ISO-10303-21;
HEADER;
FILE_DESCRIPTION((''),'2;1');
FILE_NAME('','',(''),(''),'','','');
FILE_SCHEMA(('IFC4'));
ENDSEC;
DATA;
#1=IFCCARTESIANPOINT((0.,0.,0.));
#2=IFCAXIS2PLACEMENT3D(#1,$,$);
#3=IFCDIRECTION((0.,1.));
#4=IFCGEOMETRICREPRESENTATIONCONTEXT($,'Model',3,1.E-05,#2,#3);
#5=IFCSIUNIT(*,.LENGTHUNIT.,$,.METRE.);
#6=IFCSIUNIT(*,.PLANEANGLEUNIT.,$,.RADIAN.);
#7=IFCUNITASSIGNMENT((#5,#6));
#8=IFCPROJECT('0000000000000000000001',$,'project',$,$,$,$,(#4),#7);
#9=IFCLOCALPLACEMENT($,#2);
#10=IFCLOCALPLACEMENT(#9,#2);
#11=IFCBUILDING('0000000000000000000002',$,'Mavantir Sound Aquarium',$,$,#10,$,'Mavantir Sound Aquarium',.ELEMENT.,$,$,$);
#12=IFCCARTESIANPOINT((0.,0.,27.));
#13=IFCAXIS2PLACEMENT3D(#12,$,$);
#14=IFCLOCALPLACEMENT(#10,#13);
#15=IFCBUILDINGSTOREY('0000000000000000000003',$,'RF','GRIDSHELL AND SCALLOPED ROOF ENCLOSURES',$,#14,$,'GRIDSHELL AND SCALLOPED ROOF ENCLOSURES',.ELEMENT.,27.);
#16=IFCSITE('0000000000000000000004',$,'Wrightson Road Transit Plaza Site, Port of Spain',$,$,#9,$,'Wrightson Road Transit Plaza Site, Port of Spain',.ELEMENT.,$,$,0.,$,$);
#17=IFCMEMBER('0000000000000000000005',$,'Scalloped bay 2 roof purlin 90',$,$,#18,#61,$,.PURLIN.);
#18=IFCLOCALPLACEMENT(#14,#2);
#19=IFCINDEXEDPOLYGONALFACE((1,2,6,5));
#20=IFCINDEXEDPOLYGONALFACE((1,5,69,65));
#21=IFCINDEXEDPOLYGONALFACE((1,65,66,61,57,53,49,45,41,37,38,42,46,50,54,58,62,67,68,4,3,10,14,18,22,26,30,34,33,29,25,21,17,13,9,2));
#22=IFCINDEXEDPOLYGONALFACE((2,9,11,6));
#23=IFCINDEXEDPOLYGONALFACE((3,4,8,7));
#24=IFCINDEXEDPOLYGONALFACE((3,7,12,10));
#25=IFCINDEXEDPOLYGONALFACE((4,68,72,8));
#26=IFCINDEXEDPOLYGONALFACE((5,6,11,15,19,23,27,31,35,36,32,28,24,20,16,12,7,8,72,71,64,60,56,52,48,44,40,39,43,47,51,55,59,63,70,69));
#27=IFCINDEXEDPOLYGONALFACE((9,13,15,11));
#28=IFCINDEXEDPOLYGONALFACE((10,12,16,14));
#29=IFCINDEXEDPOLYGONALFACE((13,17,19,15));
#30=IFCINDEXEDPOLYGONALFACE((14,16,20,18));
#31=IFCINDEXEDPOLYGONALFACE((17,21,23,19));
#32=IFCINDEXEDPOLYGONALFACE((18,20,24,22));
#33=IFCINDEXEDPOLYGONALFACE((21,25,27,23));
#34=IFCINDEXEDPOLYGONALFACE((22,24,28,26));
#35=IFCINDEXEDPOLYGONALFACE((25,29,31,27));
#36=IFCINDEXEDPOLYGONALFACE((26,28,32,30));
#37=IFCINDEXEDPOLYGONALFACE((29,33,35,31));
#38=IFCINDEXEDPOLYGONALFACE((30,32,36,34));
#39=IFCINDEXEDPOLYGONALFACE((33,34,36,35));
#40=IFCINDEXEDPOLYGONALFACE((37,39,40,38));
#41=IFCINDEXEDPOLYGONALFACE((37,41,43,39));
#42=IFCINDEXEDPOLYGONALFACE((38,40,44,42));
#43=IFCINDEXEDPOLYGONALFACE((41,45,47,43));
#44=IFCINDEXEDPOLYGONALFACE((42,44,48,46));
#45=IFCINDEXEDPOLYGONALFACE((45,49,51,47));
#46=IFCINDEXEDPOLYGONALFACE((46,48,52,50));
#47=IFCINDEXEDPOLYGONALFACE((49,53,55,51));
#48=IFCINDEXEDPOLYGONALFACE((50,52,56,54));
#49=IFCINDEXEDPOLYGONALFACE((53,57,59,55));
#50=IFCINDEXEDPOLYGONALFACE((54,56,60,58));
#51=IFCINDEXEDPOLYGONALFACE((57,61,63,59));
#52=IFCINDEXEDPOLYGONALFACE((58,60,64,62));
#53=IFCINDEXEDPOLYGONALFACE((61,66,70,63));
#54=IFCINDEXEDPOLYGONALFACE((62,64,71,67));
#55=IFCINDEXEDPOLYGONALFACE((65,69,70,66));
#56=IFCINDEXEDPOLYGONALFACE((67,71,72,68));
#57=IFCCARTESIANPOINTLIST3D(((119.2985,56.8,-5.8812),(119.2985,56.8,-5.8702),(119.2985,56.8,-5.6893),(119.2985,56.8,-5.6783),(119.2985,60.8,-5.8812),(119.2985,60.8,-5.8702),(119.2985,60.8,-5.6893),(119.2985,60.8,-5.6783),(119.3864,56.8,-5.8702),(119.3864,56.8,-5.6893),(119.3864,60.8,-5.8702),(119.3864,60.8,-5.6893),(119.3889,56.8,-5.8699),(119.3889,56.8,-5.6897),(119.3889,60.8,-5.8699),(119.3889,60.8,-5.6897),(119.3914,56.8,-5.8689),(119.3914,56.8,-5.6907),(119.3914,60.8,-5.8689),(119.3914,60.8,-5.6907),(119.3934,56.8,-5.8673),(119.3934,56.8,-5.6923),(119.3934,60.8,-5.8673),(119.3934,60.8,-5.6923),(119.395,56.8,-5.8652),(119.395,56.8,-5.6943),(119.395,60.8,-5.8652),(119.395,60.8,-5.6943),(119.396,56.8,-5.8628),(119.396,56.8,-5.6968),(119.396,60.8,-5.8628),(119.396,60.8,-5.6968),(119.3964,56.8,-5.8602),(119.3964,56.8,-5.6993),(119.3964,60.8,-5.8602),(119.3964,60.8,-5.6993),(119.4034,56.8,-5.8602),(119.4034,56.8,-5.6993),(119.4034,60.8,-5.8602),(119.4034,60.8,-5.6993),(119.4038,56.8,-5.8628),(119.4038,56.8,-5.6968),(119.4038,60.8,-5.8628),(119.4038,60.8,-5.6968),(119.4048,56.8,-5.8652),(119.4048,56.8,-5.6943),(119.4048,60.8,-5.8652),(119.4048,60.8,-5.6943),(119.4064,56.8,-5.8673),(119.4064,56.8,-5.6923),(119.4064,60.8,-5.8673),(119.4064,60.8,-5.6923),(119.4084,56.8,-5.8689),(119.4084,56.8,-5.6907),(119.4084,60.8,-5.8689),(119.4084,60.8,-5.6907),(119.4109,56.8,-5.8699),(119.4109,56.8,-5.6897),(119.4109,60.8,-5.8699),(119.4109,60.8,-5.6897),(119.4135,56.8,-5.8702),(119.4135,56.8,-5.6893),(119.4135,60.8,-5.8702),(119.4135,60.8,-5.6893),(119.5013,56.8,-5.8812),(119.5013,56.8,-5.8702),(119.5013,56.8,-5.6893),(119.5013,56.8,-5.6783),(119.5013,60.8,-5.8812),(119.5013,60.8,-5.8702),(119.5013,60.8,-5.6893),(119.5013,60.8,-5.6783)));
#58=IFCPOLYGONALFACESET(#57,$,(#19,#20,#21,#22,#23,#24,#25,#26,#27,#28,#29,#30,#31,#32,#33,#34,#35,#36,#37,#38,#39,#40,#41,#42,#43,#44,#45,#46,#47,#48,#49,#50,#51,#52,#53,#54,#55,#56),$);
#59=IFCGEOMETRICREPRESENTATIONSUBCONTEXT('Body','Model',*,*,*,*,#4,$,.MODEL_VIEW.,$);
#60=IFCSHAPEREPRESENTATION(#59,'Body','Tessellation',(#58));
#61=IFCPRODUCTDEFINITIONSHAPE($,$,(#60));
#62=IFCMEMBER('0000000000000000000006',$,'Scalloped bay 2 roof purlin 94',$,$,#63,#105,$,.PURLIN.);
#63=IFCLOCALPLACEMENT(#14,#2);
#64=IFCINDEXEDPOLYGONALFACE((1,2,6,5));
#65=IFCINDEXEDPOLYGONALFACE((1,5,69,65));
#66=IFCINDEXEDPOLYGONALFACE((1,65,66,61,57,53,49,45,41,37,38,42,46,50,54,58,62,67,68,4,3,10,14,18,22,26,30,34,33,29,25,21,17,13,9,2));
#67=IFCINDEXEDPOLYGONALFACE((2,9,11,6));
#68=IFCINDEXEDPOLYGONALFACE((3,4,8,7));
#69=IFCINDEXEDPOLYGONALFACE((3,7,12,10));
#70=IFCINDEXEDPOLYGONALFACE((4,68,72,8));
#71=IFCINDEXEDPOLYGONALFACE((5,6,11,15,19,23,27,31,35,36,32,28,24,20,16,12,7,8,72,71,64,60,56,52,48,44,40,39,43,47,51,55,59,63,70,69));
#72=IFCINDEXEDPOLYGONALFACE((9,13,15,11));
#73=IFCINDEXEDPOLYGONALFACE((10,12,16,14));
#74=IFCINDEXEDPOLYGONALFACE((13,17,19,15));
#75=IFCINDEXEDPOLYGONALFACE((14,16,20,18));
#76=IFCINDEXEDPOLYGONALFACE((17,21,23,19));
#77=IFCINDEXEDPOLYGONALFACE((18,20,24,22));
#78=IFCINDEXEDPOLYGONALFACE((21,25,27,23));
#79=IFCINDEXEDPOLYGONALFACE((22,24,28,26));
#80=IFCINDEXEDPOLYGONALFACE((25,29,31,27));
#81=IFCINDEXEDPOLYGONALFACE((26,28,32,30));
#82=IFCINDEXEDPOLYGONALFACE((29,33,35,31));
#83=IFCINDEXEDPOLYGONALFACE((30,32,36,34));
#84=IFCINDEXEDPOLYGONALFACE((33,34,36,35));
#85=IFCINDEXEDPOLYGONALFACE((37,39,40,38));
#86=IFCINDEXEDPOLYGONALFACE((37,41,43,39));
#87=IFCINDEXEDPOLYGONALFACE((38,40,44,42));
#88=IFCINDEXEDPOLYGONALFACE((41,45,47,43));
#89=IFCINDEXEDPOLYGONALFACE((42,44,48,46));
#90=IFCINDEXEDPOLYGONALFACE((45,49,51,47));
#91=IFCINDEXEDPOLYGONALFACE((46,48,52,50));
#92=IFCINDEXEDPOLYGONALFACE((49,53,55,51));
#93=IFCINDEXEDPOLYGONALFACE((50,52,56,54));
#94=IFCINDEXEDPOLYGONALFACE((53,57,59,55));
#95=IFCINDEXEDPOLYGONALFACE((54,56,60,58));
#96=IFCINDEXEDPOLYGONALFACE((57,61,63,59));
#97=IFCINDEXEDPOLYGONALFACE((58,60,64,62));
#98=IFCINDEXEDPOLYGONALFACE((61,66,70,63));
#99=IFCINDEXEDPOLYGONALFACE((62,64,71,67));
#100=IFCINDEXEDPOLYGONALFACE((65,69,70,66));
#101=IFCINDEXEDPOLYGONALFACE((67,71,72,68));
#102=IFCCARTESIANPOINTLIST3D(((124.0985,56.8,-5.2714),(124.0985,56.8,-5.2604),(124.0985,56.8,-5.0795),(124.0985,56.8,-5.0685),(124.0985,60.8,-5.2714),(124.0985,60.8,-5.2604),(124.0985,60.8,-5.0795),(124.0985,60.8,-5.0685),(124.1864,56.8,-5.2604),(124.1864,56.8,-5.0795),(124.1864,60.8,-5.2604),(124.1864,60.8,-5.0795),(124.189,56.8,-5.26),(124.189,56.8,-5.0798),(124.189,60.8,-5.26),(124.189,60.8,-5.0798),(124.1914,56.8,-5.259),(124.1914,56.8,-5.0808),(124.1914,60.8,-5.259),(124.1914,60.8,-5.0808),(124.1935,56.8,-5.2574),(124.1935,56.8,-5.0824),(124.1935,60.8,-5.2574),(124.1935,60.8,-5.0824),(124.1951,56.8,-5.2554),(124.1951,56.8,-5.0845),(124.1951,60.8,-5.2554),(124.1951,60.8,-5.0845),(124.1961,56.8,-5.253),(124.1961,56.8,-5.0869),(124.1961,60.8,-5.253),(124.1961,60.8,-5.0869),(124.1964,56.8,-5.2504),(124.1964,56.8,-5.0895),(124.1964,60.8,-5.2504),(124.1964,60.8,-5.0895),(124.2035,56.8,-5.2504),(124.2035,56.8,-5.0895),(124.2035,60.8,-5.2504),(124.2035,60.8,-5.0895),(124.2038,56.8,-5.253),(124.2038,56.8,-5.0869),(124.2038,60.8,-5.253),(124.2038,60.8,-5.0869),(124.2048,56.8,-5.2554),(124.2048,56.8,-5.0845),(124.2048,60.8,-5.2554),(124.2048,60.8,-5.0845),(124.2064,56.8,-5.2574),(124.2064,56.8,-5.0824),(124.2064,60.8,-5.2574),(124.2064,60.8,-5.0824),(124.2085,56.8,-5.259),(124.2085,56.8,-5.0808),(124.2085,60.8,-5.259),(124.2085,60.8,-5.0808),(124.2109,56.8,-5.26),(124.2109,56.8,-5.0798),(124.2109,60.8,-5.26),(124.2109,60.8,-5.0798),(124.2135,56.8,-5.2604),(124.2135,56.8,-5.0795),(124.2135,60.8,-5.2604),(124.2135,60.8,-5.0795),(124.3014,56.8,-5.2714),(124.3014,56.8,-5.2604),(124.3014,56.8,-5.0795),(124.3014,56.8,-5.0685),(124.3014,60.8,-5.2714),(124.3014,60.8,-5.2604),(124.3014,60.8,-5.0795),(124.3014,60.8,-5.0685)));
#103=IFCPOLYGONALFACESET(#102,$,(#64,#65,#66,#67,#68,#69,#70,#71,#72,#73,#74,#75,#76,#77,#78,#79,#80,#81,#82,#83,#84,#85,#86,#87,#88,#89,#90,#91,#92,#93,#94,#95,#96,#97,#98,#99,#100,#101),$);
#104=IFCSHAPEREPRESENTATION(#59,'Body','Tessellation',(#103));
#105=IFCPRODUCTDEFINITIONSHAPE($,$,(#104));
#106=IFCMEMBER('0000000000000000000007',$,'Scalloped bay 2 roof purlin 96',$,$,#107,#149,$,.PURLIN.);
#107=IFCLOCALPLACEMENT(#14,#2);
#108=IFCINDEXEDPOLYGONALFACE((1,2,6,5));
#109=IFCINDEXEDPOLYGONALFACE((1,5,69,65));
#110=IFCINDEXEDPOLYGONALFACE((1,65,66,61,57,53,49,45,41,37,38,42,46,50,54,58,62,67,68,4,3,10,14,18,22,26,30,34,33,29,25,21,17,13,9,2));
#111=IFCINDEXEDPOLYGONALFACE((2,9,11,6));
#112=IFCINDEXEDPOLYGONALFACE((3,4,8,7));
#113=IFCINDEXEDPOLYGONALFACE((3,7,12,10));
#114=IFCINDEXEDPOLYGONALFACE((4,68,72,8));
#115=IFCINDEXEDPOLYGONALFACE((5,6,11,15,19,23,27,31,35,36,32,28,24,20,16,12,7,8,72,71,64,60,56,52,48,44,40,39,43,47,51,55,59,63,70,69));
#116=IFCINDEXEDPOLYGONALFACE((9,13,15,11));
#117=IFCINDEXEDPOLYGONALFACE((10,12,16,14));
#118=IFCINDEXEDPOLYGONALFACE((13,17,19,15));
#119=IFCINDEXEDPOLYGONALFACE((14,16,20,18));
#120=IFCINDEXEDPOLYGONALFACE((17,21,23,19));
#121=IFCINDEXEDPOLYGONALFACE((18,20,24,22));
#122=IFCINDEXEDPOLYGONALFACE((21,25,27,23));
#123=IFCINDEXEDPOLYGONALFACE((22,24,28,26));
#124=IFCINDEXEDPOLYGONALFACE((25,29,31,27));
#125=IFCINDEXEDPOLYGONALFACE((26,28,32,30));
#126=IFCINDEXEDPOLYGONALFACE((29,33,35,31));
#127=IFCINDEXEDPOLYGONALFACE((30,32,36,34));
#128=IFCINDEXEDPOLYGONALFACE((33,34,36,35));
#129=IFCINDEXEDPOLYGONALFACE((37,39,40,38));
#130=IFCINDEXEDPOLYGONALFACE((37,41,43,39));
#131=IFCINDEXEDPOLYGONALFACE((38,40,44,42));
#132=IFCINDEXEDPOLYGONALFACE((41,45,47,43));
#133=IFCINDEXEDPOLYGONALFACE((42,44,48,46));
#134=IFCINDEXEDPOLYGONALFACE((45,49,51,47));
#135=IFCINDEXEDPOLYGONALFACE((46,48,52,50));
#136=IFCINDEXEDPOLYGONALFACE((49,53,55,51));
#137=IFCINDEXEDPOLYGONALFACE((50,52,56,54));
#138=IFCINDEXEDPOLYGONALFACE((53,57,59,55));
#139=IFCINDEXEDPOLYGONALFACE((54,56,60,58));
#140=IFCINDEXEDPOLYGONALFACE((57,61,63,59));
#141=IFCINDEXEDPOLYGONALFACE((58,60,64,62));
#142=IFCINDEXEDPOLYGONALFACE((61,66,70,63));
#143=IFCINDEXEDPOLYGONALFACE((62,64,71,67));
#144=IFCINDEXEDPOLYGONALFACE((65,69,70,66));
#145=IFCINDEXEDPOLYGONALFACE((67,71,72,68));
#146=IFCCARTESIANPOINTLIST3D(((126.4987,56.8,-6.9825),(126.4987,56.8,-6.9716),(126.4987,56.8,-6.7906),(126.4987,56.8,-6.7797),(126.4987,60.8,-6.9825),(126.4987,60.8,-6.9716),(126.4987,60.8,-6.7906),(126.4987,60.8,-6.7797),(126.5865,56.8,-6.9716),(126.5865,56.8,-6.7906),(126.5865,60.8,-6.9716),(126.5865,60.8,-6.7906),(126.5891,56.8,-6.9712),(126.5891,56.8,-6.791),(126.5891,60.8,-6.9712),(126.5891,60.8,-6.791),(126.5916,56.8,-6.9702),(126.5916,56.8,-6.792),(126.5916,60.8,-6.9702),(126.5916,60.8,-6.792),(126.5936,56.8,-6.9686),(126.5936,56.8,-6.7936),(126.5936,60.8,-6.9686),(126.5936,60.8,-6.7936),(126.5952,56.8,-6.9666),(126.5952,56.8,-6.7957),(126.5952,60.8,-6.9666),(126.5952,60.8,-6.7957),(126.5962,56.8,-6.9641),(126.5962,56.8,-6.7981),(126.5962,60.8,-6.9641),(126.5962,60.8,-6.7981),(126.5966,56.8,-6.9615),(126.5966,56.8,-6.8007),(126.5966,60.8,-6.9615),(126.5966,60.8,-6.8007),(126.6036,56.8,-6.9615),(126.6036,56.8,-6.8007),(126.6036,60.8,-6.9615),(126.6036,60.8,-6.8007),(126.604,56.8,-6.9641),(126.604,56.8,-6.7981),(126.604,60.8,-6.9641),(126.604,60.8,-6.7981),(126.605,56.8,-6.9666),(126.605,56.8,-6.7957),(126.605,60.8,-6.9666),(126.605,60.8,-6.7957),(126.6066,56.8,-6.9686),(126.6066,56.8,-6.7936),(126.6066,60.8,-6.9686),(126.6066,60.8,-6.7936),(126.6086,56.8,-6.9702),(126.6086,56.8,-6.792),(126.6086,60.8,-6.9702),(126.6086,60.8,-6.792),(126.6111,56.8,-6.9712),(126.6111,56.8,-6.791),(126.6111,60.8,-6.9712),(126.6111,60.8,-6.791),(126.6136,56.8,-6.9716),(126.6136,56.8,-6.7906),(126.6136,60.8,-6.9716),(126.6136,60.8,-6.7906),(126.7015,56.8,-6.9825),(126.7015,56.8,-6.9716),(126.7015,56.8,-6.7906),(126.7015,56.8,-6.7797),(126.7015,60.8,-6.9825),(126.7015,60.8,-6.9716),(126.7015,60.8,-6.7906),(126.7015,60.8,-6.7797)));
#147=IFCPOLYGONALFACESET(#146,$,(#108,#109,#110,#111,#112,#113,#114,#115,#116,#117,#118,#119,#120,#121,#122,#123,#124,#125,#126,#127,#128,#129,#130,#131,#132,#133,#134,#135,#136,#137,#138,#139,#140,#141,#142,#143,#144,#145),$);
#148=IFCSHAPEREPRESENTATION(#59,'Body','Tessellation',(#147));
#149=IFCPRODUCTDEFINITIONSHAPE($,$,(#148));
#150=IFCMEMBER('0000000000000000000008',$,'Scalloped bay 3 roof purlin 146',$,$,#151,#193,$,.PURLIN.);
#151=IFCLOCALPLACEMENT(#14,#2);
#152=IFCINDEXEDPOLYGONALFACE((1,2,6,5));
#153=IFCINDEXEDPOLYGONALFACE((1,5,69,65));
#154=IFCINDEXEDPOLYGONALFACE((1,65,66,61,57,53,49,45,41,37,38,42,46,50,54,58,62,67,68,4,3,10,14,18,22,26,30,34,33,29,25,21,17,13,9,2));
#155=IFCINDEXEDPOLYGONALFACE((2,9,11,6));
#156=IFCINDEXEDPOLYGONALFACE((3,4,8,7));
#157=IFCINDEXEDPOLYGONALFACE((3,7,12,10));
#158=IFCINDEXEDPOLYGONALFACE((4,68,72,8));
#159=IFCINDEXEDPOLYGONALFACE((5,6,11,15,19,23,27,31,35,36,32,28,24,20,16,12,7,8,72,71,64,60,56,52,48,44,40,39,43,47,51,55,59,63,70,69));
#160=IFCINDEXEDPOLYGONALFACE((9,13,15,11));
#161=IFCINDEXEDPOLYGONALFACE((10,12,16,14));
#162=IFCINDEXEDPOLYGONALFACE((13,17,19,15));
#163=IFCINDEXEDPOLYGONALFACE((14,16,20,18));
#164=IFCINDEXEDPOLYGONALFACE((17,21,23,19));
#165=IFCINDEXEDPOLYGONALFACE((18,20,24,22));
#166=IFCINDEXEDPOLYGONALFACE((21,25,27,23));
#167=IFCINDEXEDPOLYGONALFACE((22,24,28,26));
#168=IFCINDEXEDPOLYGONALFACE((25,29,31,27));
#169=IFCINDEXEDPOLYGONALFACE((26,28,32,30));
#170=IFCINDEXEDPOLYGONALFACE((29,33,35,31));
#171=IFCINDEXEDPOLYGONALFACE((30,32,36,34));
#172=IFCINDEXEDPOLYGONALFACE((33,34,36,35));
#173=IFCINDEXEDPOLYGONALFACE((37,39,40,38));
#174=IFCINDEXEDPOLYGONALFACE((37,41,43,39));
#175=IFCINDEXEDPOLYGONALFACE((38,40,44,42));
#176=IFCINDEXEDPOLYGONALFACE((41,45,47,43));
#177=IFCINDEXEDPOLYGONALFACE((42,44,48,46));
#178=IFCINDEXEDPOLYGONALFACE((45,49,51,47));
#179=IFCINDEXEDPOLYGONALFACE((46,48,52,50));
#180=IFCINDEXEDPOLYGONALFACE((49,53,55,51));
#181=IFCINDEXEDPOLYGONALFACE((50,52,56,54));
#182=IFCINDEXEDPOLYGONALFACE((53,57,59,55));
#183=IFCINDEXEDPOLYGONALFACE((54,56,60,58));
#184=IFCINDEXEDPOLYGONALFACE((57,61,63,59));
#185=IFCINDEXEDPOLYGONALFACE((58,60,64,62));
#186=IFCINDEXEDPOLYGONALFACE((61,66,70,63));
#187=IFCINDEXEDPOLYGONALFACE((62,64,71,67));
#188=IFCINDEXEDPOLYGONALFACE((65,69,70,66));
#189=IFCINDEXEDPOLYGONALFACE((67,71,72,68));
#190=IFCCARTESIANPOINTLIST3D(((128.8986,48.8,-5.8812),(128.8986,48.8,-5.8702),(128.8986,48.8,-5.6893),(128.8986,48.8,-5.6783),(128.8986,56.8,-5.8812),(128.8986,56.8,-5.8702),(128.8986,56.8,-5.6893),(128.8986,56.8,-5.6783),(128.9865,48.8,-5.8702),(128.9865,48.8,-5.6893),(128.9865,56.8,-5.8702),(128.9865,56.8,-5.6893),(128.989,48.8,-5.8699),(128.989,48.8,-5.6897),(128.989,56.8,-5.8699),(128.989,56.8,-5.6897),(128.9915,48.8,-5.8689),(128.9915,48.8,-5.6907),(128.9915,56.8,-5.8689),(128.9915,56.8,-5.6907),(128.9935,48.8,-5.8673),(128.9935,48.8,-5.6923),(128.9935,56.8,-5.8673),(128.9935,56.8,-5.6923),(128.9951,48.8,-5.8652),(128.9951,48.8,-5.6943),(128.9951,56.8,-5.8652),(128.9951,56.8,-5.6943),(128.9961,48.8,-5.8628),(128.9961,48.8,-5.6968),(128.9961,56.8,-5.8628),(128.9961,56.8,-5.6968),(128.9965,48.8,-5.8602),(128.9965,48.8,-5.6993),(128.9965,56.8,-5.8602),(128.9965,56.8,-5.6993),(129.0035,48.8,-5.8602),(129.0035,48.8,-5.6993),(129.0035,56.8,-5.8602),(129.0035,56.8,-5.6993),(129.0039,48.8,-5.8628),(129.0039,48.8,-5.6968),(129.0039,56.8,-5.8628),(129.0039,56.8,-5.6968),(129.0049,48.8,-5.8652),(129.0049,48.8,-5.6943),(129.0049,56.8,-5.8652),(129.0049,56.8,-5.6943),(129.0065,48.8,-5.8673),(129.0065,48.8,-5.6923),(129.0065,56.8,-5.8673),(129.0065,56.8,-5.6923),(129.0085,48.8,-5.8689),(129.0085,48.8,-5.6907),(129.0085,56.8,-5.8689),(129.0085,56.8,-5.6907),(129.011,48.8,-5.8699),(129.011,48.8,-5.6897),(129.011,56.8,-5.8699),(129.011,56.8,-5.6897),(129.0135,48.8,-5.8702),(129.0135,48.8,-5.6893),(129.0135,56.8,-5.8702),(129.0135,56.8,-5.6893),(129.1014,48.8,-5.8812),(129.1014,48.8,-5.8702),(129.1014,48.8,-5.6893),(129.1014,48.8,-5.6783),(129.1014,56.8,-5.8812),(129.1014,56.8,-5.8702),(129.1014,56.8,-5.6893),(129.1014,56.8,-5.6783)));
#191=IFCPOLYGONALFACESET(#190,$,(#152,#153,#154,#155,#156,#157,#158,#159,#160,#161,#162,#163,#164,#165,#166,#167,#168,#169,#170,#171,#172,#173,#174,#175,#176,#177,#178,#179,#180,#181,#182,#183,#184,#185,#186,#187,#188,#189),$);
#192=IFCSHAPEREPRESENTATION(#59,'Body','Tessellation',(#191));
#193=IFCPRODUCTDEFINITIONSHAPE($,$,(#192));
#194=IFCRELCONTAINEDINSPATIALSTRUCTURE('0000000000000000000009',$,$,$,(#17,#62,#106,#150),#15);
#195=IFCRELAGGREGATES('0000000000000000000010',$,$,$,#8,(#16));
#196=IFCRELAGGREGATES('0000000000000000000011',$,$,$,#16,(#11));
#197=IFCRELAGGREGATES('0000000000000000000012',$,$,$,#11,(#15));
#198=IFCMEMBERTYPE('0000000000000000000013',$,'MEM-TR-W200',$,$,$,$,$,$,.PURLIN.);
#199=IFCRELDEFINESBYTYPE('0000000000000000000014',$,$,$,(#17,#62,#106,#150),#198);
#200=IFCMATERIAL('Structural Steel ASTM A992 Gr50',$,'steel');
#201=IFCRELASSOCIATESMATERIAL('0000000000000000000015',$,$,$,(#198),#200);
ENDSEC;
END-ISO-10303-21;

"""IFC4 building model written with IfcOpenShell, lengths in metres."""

from ifc_helpers import new_model, si_unit, direction, frame, origin, origin_2d, place, context, subcontext, project, spatial, i_section, extrude, material, material_profile, profile_set, type_object, element, save


model = new_model("IFC4")

# Units and contexts
model_context = context("Model", 3, precision=1e-05, world=origin(), true_north=direction((0.0, 1.0)))
body_context = subcontext(model_context, "Body", "Model", "MODEL_VIEW")
ifc_project = project(units=[si_unit("LENGTHUNIT", "METRE"), si_unit("PLANEANGLEUNIT", "RADIAN")], contexts=[model_context])

# Site, building, storey
site_placement = place(None, origin())
site = spatial("IfcSite", under=ifc_project, at=site_placement, Name="Wrightson Road Transit Plaza Site, Port of Spain", LongName="Wrightson Road Transit Plaza Site, Port of Spain", CompositionType="ELEMENT", RefElevation=0.0)
building_placement = place(site_placement, origin())
building = spatial("IfcBuilding", under=site, at=building_placement, Name="Mavantir Sound Aquarium", LongName="Mavantir Sound Aquarium", CompositionType="ELEMENT")
storey_placement = place(building_placement, frame((0.0, 0.0, 27.0)))
storey = spatial("IfcBuildingStorey", under=building, at=storey_placement, Name="RF", Description="GRIDSHELL AND SCALLOPED ROOF ENCLOSURES", LongName="GRIDSHELL AND SCALLOPED ROOF ENCLOSURES", CompositionType="ELEMENT", Elevation=27.0)

# Shared definitions
ifc_material_1 = material(Name="Structural Steel ASTM A992 Gr50", Category="steel")

# Members
ifc_material_profile_1 = material_profile(ifc_material_1, i_section(OverallWidth=0.2029, OverallDepth=0.2029, WebThickness=0.0071, FlangeThickness=0.011, FilletRadius=0.01, at=origin_2d()), Name="W200X46")
ifc_profile_set_1 = profile_set([ifc_material_profile_1], Name="Structural Steel ASTM A992 Gr50")
member_type_1 = type_object("IfcMemberType", Name="MEM-TR-W200", PredefinedType="PURLIN", material=ifc_profile_set_1)
for number, where, z_axis, x_axis, name in (
    (1, (119.3999, 56.8, -5.7798), (0.0, 1.0, 0.0), (-1.0, 0.0, 0.0), "Scalloped bay 2 roof purlin 90"),
    (2, (124.2, 56.8, -5.1699), (0.0, 1.0, 0.0), (-1.0, 0.0, 0.0), "Scalloped bay 2 roof purlin 94"),
    (3, (126.6001, 56.8, -6.8811), (0.0, 1.0, 0.0), (-1.0, 0.0, 0.0), "Scalloped bay 2 roof purlin 96"),
):
    element("IfcMember", number, at=place(storey_placement, frame(where, z_axis=z_axis, x_axis=x_axis)), inside=storey, type_object=member_type_1, Name=name, PredefinedType="PURLIN", context=body_context, shape_type="SweptSolid", body=[
        extrude(i_section(OverallWidth=0.2029, OverallDepth=0.2029, WebThickness=0.0071, FlangeThickness=0.011, FilletRadius=0.01, at=origin_2d()), origin(), (0.0, 0.0, 1.0), 4.0),
    ])
member_1_placement = place(storey_placement, frame((129.0, 48.8, -5.7798), z_axis=(0.0, 1.0, 0.0), x_axis=(-1.0, 0.0, 0.0)))
element("IfcMember", 4, at=member_1_placement, inside=storey, type_object=member_type_1, Name="Scalloped bay 3 roof purlin 146", PredefinedType="PURLIN", context=body_context, shape_type="SweptSolid", body=[
    extrude(i_section(OverallWidth=0.2029, OverallDepth=0.2029, WebThickness=0.0071, FlangeThickness=0.011, FilletRadius=0.01, at=origin_2d()), origin(), (0.0, 0.0, 1.0), 8.0),
])

save(model, "model.ifc")
